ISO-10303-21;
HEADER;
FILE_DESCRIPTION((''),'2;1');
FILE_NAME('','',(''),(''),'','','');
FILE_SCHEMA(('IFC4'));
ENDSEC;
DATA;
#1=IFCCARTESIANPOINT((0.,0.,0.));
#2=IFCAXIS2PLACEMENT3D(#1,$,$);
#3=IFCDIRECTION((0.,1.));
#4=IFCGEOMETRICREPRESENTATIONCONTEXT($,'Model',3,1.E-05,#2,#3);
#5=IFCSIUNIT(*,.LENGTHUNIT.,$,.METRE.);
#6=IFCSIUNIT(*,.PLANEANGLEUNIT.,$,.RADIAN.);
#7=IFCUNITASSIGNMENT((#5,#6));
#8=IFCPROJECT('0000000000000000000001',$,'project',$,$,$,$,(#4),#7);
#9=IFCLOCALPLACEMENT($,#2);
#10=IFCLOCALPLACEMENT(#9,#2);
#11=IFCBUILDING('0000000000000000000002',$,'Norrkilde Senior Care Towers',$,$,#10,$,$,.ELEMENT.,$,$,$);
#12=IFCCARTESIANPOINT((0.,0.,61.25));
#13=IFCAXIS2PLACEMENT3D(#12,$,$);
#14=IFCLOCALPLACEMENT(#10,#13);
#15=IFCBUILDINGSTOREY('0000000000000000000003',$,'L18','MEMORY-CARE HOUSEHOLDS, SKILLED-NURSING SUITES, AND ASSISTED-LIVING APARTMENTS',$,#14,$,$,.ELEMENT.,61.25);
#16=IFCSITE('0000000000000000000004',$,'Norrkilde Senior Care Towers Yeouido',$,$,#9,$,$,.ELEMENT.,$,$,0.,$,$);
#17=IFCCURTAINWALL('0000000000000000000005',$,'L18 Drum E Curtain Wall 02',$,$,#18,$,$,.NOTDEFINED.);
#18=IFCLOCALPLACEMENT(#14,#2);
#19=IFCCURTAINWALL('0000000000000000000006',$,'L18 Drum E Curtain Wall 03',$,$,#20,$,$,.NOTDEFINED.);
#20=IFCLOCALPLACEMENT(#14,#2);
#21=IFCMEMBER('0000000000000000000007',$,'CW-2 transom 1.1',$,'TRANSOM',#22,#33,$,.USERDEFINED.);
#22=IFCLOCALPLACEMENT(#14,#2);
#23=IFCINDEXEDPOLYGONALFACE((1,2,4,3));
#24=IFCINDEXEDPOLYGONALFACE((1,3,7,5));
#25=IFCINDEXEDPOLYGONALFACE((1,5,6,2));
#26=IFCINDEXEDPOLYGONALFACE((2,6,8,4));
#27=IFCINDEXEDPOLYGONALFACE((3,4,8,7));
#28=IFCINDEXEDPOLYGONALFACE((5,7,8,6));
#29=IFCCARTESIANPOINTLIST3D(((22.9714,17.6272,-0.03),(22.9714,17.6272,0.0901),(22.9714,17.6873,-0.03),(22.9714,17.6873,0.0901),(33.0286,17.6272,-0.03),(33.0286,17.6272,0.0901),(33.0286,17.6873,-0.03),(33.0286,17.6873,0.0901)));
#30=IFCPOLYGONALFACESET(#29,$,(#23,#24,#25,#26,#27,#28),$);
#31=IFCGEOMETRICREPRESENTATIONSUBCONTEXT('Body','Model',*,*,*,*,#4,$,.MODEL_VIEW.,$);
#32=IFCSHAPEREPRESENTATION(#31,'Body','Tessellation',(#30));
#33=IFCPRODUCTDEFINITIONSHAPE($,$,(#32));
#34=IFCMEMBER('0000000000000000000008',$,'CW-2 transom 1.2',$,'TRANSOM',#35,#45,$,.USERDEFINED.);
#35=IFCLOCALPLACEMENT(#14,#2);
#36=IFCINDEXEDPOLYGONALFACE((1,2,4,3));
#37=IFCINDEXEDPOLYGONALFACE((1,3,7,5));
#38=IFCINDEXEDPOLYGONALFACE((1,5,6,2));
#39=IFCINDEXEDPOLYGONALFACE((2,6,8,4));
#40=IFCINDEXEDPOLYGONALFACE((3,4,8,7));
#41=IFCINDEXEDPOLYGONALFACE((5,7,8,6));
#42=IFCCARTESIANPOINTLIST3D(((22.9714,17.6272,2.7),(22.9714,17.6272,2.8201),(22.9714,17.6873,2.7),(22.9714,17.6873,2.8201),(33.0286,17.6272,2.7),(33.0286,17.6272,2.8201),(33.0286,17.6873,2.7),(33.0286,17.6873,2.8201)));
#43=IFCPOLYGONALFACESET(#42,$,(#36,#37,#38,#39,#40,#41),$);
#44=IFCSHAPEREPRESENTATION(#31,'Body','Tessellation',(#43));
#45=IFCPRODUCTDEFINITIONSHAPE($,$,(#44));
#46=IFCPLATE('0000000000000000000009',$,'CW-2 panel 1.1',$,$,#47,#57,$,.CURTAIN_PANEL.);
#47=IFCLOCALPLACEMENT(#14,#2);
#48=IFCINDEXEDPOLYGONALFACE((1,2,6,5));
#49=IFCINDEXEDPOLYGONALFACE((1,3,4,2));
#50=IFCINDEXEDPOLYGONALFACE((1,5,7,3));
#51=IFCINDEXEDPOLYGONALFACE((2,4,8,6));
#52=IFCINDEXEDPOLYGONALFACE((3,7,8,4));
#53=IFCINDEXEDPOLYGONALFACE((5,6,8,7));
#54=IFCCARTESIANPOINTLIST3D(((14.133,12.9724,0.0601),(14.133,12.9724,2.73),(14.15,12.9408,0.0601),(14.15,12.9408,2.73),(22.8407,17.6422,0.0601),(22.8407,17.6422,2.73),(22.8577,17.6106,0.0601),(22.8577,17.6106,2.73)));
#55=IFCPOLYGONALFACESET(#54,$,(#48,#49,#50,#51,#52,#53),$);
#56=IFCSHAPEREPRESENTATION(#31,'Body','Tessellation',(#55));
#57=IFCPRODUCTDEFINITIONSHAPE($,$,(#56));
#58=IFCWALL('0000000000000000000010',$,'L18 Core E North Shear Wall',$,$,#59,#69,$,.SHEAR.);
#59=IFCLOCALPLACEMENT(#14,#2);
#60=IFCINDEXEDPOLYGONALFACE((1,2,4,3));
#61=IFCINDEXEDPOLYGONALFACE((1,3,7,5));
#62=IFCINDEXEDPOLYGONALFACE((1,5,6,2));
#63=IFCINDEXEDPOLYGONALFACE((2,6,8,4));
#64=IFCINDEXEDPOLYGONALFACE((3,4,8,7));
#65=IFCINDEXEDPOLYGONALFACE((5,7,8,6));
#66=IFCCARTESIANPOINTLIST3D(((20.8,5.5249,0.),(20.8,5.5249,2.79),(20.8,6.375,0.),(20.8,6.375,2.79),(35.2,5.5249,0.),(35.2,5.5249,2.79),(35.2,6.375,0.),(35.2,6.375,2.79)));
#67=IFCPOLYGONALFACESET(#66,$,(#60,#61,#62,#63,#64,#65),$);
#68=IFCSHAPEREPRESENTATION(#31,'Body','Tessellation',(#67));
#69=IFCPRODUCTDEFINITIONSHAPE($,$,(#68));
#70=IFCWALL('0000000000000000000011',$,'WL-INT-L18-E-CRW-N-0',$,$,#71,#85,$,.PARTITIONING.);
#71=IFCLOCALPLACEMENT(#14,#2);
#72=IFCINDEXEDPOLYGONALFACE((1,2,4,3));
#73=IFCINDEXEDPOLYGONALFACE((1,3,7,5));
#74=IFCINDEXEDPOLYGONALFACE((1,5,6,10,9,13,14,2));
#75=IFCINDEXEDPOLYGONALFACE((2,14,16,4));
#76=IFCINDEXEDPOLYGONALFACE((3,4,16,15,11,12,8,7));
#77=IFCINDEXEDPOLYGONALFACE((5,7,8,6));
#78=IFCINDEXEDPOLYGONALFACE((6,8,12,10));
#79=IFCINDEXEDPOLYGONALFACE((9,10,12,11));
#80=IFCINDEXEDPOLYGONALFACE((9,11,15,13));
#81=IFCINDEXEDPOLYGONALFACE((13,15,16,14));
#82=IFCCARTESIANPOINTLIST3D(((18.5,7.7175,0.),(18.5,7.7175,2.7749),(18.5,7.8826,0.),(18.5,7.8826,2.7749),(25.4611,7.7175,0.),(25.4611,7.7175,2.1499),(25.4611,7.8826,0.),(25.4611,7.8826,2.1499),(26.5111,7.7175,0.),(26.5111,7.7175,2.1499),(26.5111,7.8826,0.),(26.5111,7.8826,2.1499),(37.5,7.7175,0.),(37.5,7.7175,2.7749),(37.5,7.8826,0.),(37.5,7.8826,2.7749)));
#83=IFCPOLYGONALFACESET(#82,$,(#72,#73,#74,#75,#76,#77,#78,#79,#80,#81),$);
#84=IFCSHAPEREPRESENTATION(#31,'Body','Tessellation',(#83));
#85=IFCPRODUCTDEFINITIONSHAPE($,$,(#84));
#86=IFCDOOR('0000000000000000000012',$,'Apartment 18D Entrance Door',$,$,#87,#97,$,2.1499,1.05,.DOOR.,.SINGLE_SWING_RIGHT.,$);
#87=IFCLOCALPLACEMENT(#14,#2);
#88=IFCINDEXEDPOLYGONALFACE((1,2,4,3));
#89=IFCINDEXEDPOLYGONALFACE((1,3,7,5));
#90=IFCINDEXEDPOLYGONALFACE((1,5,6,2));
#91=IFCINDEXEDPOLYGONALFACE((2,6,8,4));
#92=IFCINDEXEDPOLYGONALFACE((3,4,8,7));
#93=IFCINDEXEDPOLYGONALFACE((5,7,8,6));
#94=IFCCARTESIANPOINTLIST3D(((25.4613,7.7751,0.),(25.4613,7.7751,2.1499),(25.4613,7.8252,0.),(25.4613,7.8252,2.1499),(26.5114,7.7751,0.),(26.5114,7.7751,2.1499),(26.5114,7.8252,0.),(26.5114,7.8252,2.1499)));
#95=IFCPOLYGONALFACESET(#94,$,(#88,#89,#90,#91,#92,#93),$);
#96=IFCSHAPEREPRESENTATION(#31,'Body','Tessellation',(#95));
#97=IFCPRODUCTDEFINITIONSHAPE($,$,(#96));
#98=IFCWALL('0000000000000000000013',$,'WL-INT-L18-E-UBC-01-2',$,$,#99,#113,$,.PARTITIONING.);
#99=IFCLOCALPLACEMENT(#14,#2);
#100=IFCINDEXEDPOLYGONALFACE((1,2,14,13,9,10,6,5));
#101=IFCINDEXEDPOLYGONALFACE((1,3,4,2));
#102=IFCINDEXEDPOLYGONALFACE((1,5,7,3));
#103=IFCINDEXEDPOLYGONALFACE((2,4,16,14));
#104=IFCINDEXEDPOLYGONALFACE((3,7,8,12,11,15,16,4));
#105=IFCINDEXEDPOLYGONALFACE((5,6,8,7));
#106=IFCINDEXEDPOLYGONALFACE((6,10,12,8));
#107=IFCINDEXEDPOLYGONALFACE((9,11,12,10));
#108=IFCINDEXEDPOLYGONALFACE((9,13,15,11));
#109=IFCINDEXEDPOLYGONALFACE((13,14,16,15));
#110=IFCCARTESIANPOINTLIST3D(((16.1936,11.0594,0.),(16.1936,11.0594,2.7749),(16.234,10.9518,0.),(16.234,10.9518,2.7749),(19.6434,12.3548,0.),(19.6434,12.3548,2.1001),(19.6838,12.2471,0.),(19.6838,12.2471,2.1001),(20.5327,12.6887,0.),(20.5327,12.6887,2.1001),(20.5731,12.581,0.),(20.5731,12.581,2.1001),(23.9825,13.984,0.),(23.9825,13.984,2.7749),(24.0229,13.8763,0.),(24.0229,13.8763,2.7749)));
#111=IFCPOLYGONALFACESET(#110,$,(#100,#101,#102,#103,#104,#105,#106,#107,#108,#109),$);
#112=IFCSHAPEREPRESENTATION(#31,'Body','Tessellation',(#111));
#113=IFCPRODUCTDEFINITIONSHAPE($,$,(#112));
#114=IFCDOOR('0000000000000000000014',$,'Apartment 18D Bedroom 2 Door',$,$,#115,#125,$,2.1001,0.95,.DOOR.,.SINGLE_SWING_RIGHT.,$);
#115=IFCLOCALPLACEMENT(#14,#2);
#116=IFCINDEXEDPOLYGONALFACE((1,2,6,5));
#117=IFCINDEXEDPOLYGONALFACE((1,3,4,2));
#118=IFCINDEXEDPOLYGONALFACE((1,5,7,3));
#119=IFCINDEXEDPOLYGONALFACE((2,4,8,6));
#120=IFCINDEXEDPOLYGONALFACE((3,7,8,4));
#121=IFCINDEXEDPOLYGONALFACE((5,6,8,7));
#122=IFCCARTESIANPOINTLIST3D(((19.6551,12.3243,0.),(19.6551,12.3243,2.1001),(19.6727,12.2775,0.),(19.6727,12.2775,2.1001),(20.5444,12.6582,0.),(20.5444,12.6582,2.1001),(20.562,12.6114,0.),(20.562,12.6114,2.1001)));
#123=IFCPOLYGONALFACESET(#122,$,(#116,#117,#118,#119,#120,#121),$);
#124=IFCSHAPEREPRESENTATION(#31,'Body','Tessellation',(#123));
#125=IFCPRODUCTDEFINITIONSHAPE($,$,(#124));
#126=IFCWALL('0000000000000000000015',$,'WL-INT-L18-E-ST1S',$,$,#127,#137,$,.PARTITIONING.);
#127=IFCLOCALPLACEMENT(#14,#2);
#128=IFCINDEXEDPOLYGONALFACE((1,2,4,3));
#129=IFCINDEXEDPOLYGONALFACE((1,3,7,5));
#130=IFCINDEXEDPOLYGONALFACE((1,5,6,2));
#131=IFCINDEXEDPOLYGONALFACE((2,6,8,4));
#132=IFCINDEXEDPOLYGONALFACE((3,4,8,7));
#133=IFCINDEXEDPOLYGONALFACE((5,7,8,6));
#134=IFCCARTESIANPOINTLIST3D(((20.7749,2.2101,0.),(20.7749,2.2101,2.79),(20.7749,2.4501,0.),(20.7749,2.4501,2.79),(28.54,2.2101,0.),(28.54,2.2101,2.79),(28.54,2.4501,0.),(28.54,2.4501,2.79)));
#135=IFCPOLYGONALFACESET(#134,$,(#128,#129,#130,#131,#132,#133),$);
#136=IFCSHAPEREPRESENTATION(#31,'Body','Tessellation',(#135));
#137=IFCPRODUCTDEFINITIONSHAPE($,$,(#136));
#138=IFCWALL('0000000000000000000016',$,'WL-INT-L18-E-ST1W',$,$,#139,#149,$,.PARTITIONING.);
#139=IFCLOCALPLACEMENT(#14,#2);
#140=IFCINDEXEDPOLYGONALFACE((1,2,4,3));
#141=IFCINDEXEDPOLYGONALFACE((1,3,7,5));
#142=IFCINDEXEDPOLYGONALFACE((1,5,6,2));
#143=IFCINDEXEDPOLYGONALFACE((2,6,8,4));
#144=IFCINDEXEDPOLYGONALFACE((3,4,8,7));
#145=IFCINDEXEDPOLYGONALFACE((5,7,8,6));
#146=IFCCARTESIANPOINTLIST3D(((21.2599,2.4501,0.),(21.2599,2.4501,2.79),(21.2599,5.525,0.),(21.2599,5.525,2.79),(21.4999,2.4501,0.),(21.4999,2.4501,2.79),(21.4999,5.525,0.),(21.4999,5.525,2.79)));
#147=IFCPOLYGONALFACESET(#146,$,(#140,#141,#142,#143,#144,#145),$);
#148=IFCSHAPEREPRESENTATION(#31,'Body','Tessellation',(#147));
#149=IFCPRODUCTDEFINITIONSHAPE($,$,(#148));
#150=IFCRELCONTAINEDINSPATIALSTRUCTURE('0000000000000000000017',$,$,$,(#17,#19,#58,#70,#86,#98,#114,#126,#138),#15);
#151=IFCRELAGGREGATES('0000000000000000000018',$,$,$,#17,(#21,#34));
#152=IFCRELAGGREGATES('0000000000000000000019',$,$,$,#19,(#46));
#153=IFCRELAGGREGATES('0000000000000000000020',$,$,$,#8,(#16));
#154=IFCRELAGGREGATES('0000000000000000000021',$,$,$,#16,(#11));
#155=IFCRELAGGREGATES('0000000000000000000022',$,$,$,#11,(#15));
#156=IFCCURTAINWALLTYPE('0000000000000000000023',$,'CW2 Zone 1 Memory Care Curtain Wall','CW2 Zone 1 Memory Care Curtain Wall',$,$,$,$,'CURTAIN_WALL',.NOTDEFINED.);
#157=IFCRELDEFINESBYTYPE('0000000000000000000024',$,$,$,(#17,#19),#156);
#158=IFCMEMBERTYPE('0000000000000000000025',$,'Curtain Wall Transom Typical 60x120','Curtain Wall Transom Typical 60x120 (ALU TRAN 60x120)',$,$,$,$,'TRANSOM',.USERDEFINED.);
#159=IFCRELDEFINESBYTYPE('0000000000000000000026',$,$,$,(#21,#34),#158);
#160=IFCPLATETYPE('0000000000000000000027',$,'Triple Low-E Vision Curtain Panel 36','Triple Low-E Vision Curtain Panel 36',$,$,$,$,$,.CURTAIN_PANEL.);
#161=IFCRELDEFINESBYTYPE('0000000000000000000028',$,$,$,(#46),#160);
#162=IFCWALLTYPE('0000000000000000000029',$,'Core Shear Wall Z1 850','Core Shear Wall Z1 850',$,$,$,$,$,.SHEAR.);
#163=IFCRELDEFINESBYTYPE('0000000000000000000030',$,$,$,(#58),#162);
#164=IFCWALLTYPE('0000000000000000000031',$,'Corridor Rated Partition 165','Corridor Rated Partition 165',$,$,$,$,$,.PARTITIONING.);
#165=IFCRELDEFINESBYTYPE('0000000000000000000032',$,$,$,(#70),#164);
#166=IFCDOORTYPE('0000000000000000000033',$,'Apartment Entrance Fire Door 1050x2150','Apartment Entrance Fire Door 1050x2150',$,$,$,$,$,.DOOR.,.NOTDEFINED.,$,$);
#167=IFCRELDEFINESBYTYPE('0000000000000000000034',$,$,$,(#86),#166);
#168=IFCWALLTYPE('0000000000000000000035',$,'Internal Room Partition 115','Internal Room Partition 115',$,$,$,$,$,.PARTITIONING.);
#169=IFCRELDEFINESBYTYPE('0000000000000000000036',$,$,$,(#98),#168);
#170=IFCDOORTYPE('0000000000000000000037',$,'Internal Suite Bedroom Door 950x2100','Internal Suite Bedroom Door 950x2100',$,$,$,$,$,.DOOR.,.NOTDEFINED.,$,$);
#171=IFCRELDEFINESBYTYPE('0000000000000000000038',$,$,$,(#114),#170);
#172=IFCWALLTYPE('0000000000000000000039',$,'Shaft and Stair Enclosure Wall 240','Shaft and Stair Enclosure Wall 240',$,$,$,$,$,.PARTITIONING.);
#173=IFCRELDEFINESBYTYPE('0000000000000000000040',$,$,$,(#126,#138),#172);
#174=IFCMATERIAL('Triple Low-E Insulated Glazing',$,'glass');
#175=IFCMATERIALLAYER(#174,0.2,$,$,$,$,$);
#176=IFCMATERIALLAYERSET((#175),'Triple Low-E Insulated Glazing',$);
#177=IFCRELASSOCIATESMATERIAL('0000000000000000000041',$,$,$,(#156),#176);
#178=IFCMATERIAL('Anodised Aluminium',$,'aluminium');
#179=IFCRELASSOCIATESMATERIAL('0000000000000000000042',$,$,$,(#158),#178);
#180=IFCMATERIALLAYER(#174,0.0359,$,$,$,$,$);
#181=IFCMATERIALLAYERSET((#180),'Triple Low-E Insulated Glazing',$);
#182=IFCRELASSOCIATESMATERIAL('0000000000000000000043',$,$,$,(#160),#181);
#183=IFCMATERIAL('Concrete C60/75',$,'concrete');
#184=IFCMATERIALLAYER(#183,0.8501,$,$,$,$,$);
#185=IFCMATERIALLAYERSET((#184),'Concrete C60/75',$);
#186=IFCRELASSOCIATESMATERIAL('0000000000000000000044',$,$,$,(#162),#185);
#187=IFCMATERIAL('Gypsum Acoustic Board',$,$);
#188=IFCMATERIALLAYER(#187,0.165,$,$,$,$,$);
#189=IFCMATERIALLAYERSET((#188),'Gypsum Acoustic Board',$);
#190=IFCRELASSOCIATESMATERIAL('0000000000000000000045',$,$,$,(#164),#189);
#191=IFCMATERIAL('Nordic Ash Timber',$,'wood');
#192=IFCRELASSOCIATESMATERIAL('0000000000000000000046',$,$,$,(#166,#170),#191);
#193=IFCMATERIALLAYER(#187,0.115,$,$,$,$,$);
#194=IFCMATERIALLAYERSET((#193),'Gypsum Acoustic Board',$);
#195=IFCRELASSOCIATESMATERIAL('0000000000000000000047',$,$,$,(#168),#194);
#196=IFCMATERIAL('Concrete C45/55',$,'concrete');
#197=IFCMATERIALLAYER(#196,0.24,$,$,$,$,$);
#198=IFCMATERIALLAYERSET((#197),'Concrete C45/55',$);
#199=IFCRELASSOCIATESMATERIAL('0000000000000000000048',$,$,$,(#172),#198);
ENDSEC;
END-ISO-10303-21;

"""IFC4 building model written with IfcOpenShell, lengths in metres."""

from ifc_helpers import new_model, si_unit, direction, frame, frame_2d, origin, origin_2d, place, context, subcontext, project, spatial, rectangle, extrude, source, transform, mapped, material, layer, layer_set, material_profile, profile_set, type_object, type_shapes, element, fill, aggregate, save


model = new_model("IFC4")

# Units and contexts
model_context = context("Model", 3, precision=1e-05, world=origin(), true_north=direction((0.0, 1.0)))
body_context = subcontext(model_context, "Body", "Model", "MODEL_VIEW")
ifc_project = project(units=[si_unit("LENGTHUNIT", "METRE"), si_unit("PLANEANGLEUNIT", "RADIAN")], contexts=[model_context])

# Site, building, storey
site_placement = place(None, origin())
site = spatial("IfcSite", under=ifc_project, at=site_placement, Name="Norrkilde Senior Care Towers Yeouido", CompositionType="ELEMENT", RefElevation=0.0)
building_placement = place(site_placement, origin())
building = spatial("IfcBuilding", under=site, at=building_placement, Name="Norrkilde Senior Care Towers", CompositionType="ELEMENT")
storey_placement = place(building_placement, frame((0.0, 0.0, 61.25)))
storey = spatial("IfcBuildingStorey", under=building, at=storey_placement, Name="L18", Description="MEMORY-CARE HOUSEHOLDS, SKILLED-NURSING SUITES, AND ASSISTED-LIVING APARTMENTS", CompositionType="ELEMENT", Elevation=61.25)

# Shared definitions
ifc_material_1 = material(Name="Concrete C60/75", Category="concrete")

# Curtain walls
ifc_material_2 = material(Name="Triple Low-E Insulated Glazing", Category="glass")
ifc_layer_1 = layer(ifc_material_2, 0.2)
ifc_layer_set_1 = layer_set([ifc_layer_1], Name="Triple Low-E Insulated Glazing")
curtain_wall_type = type_object("IfcCurtainWallType", Name="CW2 Zone 1 Memory Care Curtain Wall", Description="CW2 Zone 1 Memory Care Curtain Wall", ElementType="CURTAIN_WALL", PredefinedType="NOTDEFINED", material=ifc_layer_set_1)
curtain_wall_1_placement = place(storey_placement, origin())
curtain_wall_1 = element("IfcCurtainWall", 1, at=curtain_wall_1_placement, inside=storey, type_object=curtain_wall_type, Name="L18 Drum E Curtain Wall 02", PredefinedType="NOTDEFINED")
ifc_material_3 = material(Name="Anodised Aluminium", Category="aluminium")
curtain_wall_2_placement = place(storey_placement, origin())
curtain_wall_2 = element("IfcCurtainWall", 2, at=curtain_wall_2_placement, inside=storey, type_object=curtain_wall_type, Name="L18 Drum E Curtain Wall 03", PredefinedType="NOTDEFINED")

# Members
ifc_material_profile_1 = material_profile(ifc_material_3, rectangle(XDim=0.0601, YDim=0.1201, at=origin_2d()), Name="ALU TRAN 60x120")
ifc_profile_set_1 = profile_set([ifc_material_profile_1], Name="Anodised Aluminium")
member_type_1 = type_object("IfcMemberType", Name="Curtain Wall Transom Typical 60x120", Description="Curtain Wall Transom Typical 60x120 (ALU TRAN 60x120)", ElementType="TRANSOM", PredefinedType="USERDEFINED", material=ifc_profile_set_1)
shared_shape_1 = source(origin(), body_context, "Body", "SweptSolid", [
    extrude(rectangle(XDim=0.0601, YDim=0.1201, at=origin_2d()), origin(), (0.0, 0.0, 1.0), 10.0571),
])
type_shapes(member_type_1, [shared_shape_1])
member_1_placement = place(storey_placement, frame((22.9714, 17.6572, 0.03), z_axis=(1.0, 0.0, 0.0), x_axis=(0.0, 1.0, 0.0)))
member_1 = element("IfcMember", 3, at=member_1_placement, type_object=member_type_1, Name="CW-2 transom 1.1", ObjectType="TRANSOM", PredefinedType="USERDEFINED", context=body_context, shape_type="MappedRepresentation", body=[
    mapped(shared_shape_1, transform((0.0, 0.0, 0.0), x_axis=(1.0, 0.0, 0.0), y_axis=(0.0, 1.0, 0.0), z_axis=(0.0, 0.0, 1.0), scale=1.0)),
])
member_2_placement = place(storey_placement, frame((22.9714, 17.6572, 2.76), z_axis=(1.0, 0.0, 0.0), x_axis=(0.0, 1.0, 0.0)))
member_2 = element("IfcMember", 4, at=member_2_placement, type_object=member_type_1, Name="CW-2 transom 1.2", ObjectType="TRANSOM", PredefinedType="USERDEFINED", context=body_context, shape_type="MappedRepresentation", body=[
    mapped(shared_shape_1, transform((0.0, 0.0, 0.0), x_axis=(1.0, 0.0, 0.0), y_axis=(0.0, 1.0, 0.0), z_axis=(0.0, 0.0, 1.0), scale=1.0)),
])
aggregate(curtain_wall_1, [member_1, member_2])

# Plate
ifc_layer_2 = layer(ifc_material_2, 0.0359)
ifc_layer_set_2 = layer_set([ifc_layer_2], Name="Triple Low-E Insulated Glazing")
plate_type = type_object("IfcPlateType", Name="Triple Low-E Vision Curtain Panel 36", Description="Triple Low-E Vision Curtain Panel 36", PredefinedType="CURTAIN_PANEL", material=ifc_layer_set_2)
shared_shape_2 = source(origin(), body_context, "Body", "SweptSolid", [
    extrude(rectangle(XDim=9.8809, YDim=0.0359, at=origin_2d()), origin(), (0.0, 0.0, 1.0), 2.6699),
])
type_shapes(plate_type, [shared_shape_2])
plate_placement = place(storey_placement, frame((18.4954, 15.2915, 0.0601), z_axis=(0.0, 0.0, 1.0), x_axis=(0.881273, 0.472608, 0.0)))
plate = element("IfcPlate", 5, at=plate_placement, type_object=plate_type, Name="CW-2 panel 1.1", PredefinedType="CURTAIN_PANEL", context=body_context, shape_type="MappedRepresentation", body=[
    mapped(shared_shape_2, transform((0.0, 0.0, 0.0), x_axis=(1.0, 0.0, 0.0), y_axis=(0.0, 1.0, 0.0), z_axis=(0.0, 0.0, 1.0), scale=1.0)),
])
aggregate(curtain_wall_2, [plate])

# Wall
ifc_layer_3 = layer(ifc_material_1, 0.8501)
ifc_layer_set_3 = layer_set([ifc_layer_3], Name="Concrete C60/75")
wall_type_1 = type_object("IfcWallType", Name="Core Shear Wall Z1 850", Description="Core Shear Wall Z1 850", PredefinedType="SHEAR", material=ifc_layer_set_3)
shared_shape_3 = source(origin(), body_context, "Body", "SweptSolid", [
    extrude(rectangle(XDim=14.3999, YDim=0.8501, at=frame_2d((7.2, 0.0))), origin(), (0.0, 0.0, 1.0), 2.79),
])
type_shapes(wall_type_1, [shared_shape_3])
wall_1_placement = place(storey_placement, frame((20.8, 5.95, 0.0), z_axis=(0.0, 0.0, 1.0), x_axis=(1.0, 0.0, 0.0)))
element("IfcWall", 6, at=wall_1_placement, inside=storey, type_object=wall_type_1, Name="L18 Core E North Shear Wall", PredefinedType="SHEAR", context=body_context, shape_type="MappedRepresentation", body=[
    mapped(shared_shape_3, transform((0.0, 0.0, 0.0), x_axis=(1.0, 0.0, 0.0), y_axis=(0.0, 1.0, 0.0), z_axis=(0.0, 0.0, 1.0), scale=1.0)),
])

# Walls, openings, doors
ifc_material_4 = material(Name="Gypsum Acoustic Board")
ifc_layer_4 = layer(ifc_material_4, 0.165)
ifc_layer_set_4 = layer_set([ifc_layer_4], Name="Gypsum Acoustic Board")
wall_type_2 = type_object("IfcWallType", Name="Corridor Rated Partition 165", Description="Corridor Rated Partition 165", PredefinedType="PARTITIONING", material=ifc_layer_set_4)
shared_shape_4 = source(origin(), body_context, "Body", "SweptSolid", [
    extrude(rectangle(XDim=19.0, YDim=0.165, at=frame_2d((9.5, 0.0))), origin(), (0.0, 0.0, 1.0), 2.7749),
])
type_shapes(wall_type_2, [shared_shape_4])
wall_2_placement = place(storey_placement, frame((18.5, 7.8, 0.0), z_axis=(0.0, 0.0, 1.0), x_axis=(1.0, 0.0, 0.0)))
wall_2 = element("IfcWall", 7, at=wall_2_placement, inside=storey, type_object=wall_type_2, Name="WL-INT-L18-E-CRW-N-0", PredefinedType="PARTITIONING", context=body_context, shape_type="MappedRepresentation", body=[
    mapped(shared_shape_4, transform((0.0, 0.0, 0.0), x_axis=(1.0, 0.0, 0.0), y_axis=(0.0, 1.0, 0.0), z_axis=(0.0, 0.0, 1.0), scale=1.0)),
])
opening_1_placement = place(wall_2_placement, frame((6.9612, 0.0, 0.0)))
opening_1 = element("IfcOpeningElement", 8, at=opening_1_placement, cuts=wall_2, PredefinedType="OPENING", context=body_context, shape_type="SweptSolid", body=[
    extrude(rectangle(XDim=1.05, YDim=2.1499, at=frame_2d((0.5249, 1.075))), frame((0.0, 0.0925, 0.0), z_axis=(0.0, -1.0, 0.0), x_axis=(1.0, 0.0, 0.0)), (0.0, 0.0, 1.0), 0.1851),
])
ifc_material_5 = material(Name="Nordic Ash Timber", Category="wood")
door_type_1 = type_object("IfcDoorType", Name="Apartment Entrance Fire Door 1050x2150", Description="Apartment Entrance Fire Door 1050x2150", OperationType="NOTDEFINED", PredefinedType="DOOR", material=ifc_material_5)
shared_shape_5 = source(origin(), body_context, "Body", "SweptSolid", [
    extrude(rectangle(XDim=1.05, YDim=2.1499, at=frame_2d((0.5249, 1.075))), frame((0.0, 0.0249, 0.0), z_axis=(0.0, -1.0, 0.0), x_axis=(1.0, 0.0, 0.0)), (0.0, 0.0, 1.0), 0.05),
])
type_shapes(door_type_1, [shared_shape_5])
door_1_placement = place(opening_1_placement, frame((1.05, 0.0, 0.0), z_axis=(0.0, 0.0, 1.0), x_axis=(-1.0, 0.0, 0.0)))
door_1 = element("IfcDoor", 9, at=door_1_placement, inside=storey, type_object=door_type_1, Name="Apartment 18D Entrance Door", OperationType="SINGLE_SWING_RIGHT", OverallHeight=2.1499, OverallWidth=1.05, PredefinedType="DOOR", context=body_context, shape_type="MappedRepresentation", body=[
    mapped(shared_shape_5, transform((0.0, 0.0, 0.0), x_axis=(1.0, 0.0, 0.0), y_axis=(0.0, 1.0, 0.0), z_axis=(0.0, 0.0, 1.0), scale=1.0)),
])
fill(opening_1, door_1)
ifc_layer_5 = layer(ifc_material_4, 0.115)
ifc_layer_set_5 = layer_set([ifc_layer_5], Name="Gypsum Acoustic Board")
wall_type_3 = type_object("IfcWallType", Name="Internal Room Partition 115", Description="Internal Room Partition 115", PredefinedType="PARTITIONING", material=ifc_layer_set_5)
shared_shape_6 = source(origin(), body_context, "Body", "SweptSolid", [
    extrude(rectangle(XDim=8.3198, YDim=0.115, at=frame_2d((4.1599, 0.0))), origin(), (0.0, 0.0, 1.0), 2.7749),
])
wall_3_placement = place(storey_placement, frame((24.0027, 13.9302, 0.0), z_axis=(0.0, 0.0, 1.0), x_axis=(-0.936181, -0.351519, 0.0)))
wall_3 = element("IfcWall", 10, at=wall_3_placement, inside=storey, type_object=wall_type_3, Name="WL-INT-L18-E-UBC-01-2", PredefinedType="PARTITIONING", context=body_context, shape_type="MappedRepresentation", body=[
    mapped(shared_shape_6, transform((0.0, 0.0, 0.0), x_axis=(1.0, 0.0, 0.0), y_axis=(0.0, 1.0, 0.0), z_axis=(0.0, 0.0, 1.0), scale=1.0)),
])
opening_2_placement = place(wall_3_placement, frame((3.6848, 0.0, 0.0)))
opening_2 = element("IfcOpeningElement", 11, at=opening_2_placement, cuts=wall_3, PredefinedType="OPENING", context=body_context, shape_type="SweptSolid", body=[
    extrude(rectangle(XDim=0.95, YDim=2.1001, at=frame_2d((0.4751, 1.05))), frame((0.0, 0.0674, 0.0), z_axis=(0.0, -1.0, 0.0), x_axis=(1.0, 0.0, 0.0)), (0.0, 0.0, 1.0), 0.135),
])
door_type_2 = type_object("IfcDoorType", Name="Internal Suite Bedroom Door 950x2100", Description="Internal Suite Bedroom Door 950x2100", OperationType="NOTDEFINED", PredefinedType="DOOR", material=ifc_material_5)
shared_shape_7 = source(origin(), body_context, "Body", "SweptSolid", [
    extrude(rectangle(XDim=0.95, YDim=2.1001, at=frame_2d((0.4751, 1.05))), frame((0.0, 0.0249, 0.0), z_axis=(0.0, -1.0, 0.0), x_axis=(1.0, 0.0, 0.0)), (0.0, 0.0, 1.0), 0.05),
])
type_shapes(door_type_2, [shared_shape_7])
door_2_placement = place(opening_2_placement, frame((0.95, 0.0, 0.0), z_axis=(0.0, 0.0, 1.0), x_axis=(-1.0, 0.0, 0.0)))
door_2 = element("IfcDoor", 12, at=door_2_placement, inside=storey, type_object=door_type_2, Name="Apartment 18D Bedroom 2 Door", OperationType="SINGLE_SWING_RIGHT", OverallHeight=2.1001, OverallWidth=0.95, PredefinedType="DOOR", context=body_context, shape_type="MappedRepresentation", body=[
    mapped(shared_shape_7, transform((0.0, 0.0, 0.0), x_axis=(1.0, 0.0, 0.0), y_axis=(0.0, 1.0, 0.0), z_axis=(0.0, 0.0, 1.0), scale=1.0)),
])
fill(opening_2, door_2)

# Walls
ifc_material_6 = material(Name="Concrete C45/55", Category="concrete")
ifc_layer_6 = layer(ifc_material_6, 0.24)
ifc_layer_set_6 = layer_set([ifc_layer_6], Name="Concrete C45/55")
wall_type_4 = type_object("IfcWallType", Name="Shaft and Stair Enclosure Wall 240", Description="Shaft and Stair Enclosure Wall 240", PredefinedType="PARTITIONING", material=ifc_layer_set_6)
shared_shape_8 = source(origin(), body_context, "Body", "SweptSolid", [
    extrude(rectangle(XDim=7.7651, YDim=0.24, at=frame_2d((3.8826, 0.0))), origin(), (0.0, 0.0, 1.0), 2.79),
])
wall_4_placement = place(storey_placement, frame((20.7749, 2.3301, 0.0), z_axis=(0.0, 0.0, 1.0), x_axis=(1.0, 0.0, 0.0)))
element("IfcWall", 13, at=wall_4_placement, inside=storey, type_object=wall_type_4, Name="WL-INT-L18-E-ST1S", PredefinedType="PARTITIONING", context=body_context, shape_type="MappedRepresentation", body=[
    mapped(shared_shape_8, transform((0.0, 0.0, 0.0), x_axis=(1.0, 0.0, 0.0), y_axis=(0.0, 1.0, 0.0), z_axis=(0.0, 0.0, 1.0), scale=1.0)),
])
shared_shape_9 = source(origin(), body_context, "Body", "SweptSolid", [
    extrude(rectangle(XDim=3.075, YDim=0.24, at=frame_2d((1.5376, 0.0))), origin(), (0.0, 0.0, 1.0), 2.79),
])
type_shapes(wall_type_4, [shared_shape_8, shared_shape_9])
wall_5_placement = place(storey_placement, frame((21.3799, 2.45, 0.0), z_axis=(0.0, 0.0, 1.0), x_axis=(0.0, 1.0, 0.0)))
element("IfcWall", 14, at=wall_5_placement, inside=storey, type_object=wall_type_4, Name="WL-INT-L18-E-ST1W", PredefinedType="PARTITIONING", context=body_context, shape_type="MappedRepresentation", body=[
    mapped(shared_shape_9, transform((0.0, 0.0, 0.0), x_axis=(1.0, 0.0, 0.0), y_axis=(0.0, 1.0, 0.0), z_axis=(0.0, 0.0, 1.0), scale=1.0)),
])

save(model, "model.ifc")
